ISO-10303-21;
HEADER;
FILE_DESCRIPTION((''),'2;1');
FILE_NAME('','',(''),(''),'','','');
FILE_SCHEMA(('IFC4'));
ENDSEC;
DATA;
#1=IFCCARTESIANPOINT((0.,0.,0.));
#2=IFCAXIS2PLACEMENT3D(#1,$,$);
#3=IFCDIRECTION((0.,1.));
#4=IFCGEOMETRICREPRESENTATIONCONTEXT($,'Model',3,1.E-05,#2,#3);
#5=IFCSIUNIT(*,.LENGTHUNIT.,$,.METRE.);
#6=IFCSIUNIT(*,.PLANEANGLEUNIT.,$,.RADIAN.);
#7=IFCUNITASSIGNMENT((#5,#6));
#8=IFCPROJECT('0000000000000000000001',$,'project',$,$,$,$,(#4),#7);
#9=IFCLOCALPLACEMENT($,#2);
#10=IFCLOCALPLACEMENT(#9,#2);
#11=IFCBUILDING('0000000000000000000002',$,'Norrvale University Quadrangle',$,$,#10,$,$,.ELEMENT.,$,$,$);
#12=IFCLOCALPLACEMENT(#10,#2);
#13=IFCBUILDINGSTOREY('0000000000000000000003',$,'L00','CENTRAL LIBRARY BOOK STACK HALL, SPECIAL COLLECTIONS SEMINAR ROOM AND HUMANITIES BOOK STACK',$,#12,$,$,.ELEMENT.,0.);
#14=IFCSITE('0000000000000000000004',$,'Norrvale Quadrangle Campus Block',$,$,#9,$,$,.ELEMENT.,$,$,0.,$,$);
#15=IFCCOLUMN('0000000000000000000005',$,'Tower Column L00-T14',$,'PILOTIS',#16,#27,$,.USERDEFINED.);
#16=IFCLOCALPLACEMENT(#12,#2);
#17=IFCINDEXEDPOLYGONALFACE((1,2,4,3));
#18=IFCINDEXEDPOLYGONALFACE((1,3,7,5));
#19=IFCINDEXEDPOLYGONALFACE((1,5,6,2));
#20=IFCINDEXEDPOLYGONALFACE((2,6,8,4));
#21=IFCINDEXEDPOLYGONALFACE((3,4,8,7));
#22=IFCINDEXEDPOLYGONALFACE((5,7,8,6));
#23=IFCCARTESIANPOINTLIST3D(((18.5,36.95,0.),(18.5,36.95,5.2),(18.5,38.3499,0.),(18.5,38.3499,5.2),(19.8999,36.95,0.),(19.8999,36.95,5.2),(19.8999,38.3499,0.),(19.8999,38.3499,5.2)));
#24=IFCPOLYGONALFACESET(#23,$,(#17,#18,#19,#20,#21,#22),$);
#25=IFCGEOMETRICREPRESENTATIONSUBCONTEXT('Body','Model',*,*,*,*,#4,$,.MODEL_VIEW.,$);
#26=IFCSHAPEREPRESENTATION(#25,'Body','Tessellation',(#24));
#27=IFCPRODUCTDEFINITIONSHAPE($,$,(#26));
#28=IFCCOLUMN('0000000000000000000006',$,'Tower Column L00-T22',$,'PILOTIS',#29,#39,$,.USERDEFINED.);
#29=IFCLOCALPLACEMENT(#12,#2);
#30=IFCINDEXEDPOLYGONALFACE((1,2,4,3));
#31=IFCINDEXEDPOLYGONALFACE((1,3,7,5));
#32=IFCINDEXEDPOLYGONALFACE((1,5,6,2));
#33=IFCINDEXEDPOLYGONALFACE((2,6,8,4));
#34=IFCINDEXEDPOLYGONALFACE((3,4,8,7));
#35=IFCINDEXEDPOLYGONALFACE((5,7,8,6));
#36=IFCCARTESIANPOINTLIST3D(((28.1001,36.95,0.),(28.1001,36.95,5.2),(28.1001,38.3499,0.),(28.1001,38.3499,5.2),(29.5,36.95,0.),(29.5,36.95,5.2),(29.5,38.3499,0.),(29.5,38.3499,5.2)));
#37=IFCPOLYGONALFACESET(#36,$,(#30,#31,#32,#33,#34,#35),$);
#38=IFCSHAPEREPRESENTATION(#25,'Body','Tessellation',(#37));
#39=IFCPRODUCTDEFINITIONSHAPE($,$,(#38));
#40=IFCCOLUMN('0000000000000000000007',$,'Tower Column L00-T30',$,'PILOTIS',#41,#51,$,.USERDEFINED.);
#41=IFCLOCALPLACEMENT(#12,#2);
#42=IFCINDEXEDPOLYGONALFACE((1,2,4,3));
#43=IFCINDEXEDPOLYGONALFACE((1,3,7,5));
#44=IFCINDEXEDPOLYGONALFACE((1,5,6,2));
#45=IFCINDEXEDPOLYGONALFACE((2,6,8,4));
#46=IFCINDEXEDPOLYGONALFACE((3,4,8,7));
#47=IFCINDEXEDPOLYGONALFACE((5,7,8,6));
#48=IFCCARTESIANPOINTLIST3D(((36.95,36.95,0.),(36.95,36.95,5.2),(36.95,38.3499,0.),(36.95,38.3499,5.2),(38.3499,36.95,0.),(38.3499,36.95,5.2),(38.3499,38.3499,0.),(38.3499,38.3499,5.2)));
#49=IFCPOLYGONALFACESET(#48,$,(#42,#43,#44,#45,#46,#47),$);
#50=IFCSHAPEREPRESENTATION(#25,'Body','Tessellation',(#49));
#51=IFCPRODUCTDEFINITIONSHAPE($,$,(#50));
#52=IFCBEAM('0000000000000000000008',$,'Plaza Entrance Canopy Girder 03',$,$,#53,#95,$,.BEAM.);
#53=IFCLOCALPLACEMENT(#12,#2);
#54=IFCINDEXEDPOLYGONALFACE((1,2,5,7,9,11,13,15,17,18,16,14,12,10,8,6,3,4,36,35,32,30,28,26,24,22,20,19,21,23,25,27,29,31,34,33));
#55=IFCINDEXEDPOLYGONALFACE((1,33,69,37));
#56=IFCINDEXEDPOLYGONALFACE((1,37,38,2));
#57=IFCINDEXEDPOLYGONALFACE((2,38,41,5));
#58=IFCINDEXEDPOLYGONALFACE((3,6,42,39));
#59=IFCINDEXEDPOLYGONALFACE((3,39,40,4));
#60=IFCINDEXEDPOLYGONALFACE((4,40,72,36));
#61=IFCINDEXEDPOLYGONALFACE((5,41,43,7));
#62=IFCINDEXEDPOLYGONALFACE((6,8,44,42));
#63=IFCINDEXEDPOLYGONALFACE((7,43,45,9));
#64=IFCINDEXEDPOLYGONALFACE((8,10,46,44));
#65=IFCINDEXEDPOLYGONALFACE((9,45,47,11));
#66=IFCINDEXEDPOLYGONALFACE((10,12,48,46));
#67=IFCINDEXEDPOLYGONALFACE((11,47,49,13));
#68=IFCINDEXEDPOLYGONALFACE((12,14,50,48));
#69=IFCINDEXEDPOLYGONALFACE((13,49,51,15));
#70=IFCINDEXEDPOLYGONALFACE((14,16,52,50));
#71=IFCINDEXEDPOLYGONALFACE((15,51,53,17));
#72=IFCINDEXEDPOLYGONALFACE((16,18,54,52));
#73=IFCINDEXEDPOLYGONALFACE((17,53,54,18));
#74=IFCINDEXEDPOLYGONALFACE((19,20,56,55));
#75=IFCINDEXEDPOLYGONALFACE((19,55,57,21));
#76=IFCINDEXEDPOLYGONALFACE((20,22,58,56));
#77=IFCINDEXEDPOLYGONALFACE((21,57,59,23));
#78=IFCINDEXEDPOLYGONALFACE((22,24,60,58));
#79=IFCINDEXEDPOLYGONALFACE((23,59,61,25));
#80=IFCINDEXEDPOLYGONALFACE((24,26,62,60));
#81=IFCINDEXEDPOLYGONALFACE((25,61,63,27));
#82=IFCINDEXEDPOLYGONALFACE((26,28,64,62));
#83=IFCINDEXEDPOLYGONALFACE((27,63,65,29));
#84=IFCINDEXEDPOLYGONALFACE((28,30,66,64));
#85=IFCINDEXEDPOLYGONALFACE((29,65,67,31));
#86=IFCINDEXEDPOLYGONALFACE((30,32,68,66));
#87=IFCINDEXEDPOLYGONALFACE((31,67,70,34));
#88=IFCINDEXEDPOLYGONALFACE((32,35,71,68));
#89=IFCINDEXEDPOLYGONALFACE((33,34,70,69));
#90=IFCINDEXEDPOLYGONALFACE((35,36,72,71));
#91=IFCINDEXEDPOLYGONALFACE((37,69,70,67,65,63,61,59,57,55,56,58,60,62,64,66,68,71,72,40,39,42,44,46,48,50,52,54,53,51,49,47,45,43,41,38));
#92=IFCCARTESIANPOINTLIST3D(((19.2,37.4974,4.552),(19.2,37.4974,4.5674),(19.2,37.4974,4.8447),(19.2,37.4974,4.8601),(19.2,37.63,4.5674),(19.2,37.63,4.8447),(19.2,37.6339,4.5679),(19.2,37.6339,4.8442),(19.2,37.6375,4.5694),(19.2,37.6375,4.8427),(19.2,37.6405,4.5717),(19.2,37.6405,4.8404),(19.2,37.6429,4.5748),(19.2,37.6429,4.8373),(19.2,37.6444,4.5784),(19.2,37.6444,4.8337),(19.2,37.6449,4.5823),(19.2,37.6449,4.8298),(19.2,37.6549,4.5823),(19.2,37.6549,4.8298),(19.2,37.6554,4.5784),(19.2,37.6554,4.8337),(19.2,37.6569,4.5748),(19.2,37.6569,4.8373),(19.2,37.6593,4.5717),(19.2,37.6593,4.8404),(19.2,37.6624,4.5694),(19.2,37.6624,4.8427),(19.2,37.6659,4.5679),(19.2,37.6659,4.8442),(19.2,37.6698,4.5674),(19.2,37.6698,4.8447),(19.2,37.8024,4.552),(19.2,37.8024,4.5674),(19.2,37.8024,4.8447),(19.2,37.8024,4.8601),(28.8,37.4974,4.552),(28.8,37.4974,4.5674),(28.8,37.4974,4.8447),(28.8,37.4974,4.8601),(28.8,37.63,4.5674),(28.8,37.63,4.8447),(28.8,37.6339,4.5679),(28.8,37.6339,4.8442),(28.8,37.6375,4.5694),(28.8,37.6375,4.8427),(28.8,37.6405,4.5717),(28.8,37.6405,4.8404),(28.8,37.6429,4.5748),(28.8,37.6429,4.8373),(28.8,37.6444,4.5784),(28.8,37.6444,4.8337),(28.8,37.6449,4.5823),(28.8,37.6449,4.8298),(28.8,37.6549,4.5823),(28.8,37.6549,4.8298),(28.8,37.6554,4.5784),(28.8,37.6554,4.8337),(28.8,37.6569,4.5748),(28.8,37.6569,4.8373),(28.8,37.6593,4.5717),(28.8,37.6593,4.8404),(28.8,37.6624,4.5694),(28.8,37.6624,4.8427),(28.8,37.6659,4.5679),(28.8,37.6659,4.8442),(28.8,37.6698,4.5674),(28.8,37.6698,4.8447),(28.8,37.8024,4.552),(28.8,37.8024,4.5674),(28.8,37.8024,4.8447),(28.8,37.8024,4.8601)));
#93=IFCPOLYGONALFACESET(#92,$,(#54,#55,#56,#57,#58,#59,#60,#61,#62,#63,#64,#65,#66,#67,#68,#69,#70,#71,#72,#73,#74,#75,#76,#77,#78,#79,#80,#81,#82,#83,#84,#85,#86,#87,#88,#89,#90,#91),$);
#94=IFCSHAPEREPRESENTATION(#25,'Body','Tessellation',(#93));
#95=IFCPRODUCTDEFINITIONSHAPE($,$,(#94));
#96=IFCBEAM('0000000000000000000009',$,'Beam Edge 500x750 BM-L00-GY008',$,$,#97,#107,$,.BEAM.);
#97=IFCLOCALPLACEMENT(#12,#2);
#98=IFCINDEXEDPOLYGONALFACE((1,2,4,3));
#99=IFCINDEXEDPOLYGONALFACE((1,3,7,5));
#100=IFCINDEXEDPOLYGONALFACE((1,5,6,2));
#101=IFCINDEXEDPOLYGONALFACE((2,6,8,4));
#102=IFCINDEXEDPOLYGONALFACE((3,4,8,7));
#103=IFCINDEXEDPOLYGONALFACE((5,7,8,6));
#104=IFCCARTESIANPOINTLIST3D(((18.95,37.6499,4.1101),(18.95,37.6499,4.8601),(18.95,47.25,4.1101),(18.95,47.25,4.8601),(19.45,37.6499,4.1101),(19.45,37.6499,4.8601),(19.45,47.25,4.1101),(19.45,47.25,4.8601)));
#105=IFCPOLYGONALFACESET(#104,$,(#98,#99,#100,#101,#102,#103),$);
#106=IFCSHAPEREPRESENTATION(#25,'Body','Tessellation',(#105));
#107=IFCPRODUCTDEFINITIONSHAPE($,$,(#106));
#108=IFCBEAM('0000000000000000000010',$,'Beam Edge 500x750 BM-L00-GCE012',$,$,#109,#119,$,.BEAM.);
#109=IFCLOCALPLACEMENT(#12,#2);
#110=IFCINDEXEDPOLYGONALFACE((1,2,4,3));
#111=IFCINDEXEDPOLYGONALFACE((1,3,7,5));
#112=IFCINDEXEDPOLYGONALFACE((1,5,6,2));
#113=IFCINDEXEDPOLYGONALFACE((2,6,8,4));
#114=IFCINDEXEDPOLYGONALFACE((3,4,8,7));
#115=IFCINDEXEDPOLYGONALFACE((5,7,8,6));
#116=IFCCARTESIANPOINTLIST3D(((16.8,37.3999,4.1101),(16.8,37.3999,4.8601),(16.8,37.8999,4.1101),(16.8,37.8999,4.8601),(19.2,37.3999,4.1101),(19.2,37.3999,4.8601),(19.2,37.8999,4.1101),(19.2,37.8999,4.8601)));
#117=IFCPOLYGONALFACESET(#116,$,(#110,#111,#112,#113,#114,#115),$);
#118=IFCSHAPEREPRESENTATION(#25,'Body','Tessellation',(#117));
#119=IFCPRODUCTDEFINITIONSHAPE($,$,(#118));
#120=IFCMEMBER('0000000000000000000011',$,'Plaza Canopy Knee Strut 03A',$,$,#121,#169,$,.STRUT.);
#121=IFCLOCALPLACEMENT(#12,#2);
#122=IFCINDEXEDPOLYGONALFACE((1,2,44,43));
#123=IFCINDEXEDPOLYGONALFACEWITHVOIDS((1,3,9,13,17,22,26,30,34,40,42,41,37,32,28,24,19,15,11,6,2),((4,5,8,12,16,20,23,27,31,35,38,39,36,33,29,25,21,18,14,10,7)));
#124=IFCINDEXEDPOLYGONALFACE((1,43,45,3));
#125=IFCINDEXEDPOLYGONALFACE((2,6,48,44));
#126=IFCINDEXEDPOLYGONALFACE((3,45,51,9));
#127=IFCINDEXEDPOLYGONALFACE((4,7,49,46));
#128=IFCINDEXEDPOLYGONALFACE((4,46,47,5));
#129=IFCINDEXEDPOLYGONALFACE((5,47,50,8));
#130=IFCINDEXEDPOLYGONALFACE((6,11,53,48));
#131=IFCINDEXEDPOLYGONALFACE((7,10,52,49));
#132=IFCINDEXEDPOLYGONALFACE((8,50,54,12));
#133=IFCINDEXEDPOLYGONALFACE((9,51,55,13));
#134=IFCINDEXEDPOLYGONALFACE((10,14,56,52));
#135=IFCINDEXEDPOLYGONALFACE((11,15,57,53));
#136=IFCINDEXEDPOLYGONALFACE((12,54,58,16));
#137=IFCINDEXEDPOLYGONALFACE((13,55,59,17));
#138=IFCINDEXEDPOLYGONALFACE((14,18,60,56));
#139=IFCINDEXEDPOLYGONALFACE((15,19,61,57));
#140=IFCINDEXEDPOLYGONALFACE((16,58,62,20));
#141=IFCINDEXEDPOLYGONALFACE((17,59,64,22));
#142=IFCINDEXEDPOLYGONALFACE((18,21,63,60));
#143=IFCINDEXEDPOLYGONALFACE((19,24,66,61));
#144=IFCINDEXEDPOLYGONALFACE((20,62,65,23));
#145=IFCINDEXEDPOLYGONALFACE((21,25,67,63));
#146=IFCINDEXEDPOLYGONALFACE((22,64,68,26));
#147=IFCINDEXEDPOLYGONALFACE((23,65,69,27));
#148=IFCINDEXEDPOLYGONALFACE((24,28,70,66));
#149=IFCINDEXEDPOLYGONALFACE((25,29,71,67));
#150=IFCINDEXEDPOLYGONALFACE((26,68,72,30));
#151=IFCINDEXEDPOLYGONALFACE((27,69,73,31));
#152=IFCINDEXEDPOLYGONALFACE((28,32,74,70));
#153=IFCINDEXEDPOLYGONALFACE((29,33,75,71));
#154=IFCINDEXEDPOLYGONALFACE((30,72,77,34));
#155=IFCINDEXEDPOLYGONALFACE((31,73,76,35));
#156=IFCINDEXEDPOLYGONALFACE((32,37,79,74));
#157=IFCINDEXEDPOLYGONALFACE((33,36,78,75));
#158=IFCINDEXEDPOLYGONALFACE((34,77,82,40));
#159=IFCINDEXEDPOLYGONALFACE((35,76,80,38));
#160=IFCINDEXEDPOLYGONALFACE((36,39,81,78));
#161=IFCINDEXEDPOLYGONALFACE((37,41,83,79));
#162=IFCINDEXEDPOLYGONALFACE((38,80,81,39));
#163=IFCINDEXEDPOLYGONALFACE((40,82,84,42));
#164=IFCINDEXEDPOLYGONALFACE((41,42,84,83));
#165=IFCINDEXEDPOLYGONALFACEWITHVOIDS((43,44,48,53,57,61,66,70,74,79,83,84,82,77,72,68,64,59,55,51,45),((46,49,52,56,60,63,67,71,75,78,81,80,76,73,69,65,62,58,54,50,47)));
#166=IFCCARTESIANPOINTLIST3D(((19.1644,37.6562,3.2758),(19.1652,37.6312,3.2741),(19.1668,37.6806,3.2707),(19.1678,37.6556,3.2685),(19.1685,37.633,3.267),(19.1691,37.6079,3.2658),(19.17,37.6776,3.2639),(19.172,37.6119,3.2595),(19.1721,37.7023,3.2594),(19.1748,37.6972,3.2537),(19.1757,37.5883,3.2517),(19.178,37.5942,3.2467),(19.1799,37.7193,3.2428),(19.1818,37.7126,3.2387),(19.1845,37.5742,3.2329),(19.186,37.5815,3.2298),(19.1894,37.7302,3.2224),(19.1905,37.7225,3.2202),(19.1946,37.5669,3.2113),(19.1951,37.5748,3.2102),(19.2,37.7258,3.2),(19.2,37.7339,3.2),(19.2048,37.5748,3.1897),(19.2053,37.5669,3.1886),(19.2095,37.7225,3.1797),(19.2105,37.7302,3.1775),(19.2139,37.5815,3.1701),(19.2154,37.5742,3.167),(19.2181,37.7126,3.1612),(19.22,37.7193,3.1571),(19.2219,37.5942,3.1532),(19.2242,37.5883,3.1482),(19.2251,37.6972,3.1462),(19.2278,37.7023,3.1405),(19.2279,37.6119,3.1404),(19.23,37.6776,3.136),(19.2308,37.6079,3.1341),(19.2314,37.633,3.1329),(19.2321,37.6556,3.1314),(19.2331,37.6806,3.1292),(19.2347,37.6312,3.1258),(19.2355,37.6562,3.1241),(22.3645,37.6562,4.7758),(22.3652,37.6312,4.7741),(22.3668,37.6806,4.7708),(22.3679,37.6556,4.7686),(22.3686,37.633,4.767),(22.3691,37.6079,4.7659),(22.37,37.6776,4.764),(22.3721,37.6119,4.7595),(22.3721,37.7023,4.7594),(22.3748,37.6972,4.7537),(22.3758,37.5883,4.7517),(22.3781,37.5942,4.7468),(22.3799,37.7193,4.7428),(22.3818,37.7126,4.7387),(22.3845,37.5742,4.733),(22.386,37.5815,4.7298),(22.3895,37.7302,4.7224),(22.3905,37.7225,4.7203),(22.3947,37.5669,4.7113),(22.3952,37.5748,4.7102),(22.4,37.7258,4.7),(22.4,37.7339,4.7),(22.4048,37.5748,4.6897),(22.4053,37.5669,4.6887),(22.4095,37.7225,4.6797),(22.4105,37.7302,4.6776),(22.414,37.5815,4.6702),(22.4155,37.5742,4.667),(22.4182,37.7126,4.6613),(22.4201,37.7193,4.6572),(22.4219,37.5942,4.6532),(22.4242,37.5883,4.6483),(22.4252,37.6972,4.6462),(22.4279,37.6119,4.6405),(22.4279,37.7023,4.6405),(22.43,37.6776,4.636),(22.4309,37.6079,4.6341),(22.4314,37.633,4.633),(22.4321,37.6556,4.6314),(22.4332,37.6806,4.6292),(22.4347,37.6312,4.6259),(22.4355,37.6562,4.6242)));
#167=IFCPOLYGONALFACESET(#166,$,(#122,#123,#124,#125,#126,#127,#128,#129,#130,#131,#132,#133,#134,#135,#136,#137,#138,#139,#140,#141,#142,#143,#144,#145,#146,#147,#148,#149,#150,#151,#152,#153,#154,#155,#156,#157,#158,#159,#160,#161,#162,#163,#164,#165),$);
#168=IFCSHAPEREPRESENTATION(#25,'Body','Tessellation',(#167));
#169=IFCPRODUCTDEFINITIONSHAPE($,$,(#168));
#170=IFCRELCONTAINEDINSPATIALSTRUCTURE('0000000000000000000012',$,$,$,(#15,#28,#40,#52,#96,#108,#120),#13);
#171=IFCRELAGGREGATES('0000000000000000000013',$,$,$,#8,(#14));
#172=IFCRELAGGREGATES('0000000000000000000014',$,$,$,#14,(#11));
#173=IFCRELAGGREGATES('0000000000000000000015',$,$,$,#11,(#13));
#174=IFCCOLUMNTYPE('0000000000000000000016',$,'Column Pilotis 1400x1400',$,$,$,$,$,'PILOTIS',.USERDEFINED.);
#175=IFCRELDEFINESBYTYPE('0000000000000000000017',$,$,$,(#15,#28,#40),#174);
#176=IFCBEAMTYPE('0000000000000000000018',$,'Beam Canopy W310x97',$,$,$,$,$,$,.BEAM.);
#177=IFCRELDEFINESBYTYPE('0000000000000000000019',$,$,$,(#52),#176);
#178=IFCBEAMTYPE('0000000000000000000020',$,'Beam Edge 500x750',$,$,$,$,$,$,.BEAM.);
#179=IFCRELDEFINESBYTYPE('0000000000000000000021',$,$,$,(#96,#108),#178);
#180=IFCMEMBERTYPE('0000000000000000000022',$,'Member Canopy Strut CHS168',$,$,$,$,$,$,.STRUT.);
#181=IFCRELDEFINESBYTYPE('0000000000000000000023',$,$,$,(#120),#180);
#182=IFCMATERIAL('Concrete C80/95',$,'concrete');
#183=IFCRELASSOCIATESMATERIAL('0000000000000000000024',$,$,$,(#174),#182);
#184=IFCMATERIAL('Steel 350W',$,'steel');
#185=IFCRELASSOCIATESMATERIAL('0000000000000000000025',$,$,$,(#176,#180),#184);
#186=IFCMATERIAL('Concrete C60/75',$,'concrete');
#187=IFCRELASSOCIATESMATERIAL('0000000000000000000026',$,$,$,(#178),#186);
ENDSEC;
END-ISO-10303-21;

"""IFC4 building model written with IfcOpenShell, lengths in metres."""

from ifc_helpers import new_model, si_unit, direction, frame, origin, origin_2d, place, context, subcontext, project, spatial, rectangle, hollow_circle, i_section, extrude, material, material_profile, profile_set, type_object, element, save


model = new_model("IFC4")

# Units and contexts
model_context = context("Model", 3, precision=1e-05, world=origin(), true_north=direction((0.0, 1.0)))
body_context = subcontext(model_context, "Body", "Model", "MODEL_VIEW")
ifc_project = project(units=[si_unit("LENGTHUNIT", "METRE"), si_unit("PLANEANGLEUNIT", "RADIAN")], contexts=[model_context])

# Site, building, storey
site_placement = place(None, origin())
site = spatial("IfcSite", under=ifc_project, at=site_placement, Name="Norrvale Quadrangle Campus Block", CompositionType="ELEMENT", RefElevation=0.0)
building_placement = place(site_placement, origin())
building = spatial("IfcBuilding", under=site, at=building_placement, Name="Norrvale University Quadrangle", CompositionType="ELEMENT")
storey_placement = place(building_placement, origin())
storey = spatial("IfcBuildingStorey", under=building, at=storey_placement, Name="L00", Description="CENTRAL LIBRARY BOOK STACK HALL, SPECIAL COLLECTIONS SEMINAR ROOM AND HUMANITIES BOOK STACK", CompositionType="ELEMENT", Elevation=0.0)

# Columns
ifc_material_1 = material(Name="Concrete C80/95", Category="concrete")
ifc_material_profile_1 = material_profile(ifc_material_1, rectangle(XDim=1.3999, YDim=1.3999, at=origin_2d()), Name="Concrete C80/95")
ifc_profile_set_1 = profile_set([ifc_material_profile_1], Name="Concrete C80/95")
column_type = type_object("IfcColumnType", Name="Column Pilotis 1400x1400", ElementType="PILOTIS", PredefinedType="USERDEFINED", material=ifc_profile_set_1)
for number, where, z_axis, x_axis, name in (
    (1, (19.2, 37.6499, 0.0), (0.0, 0.0, 1.0), (1.0, 0.0, 0.0), "Tower Column L00-T14"),
    (2, (28.8, 37.6499, 0.0), (0.0, 0.0, 1.0), (1.0, 0.0, 0.0), "Tower Column L00-T22"),
    (3, (37.6499, 37.6499, 0.0), (0.0, 0.0, 1.0), (1.0, 0.0, 0.0), "Tower Column L00-T30"),
):
    element("IfcColumn", number, at=place(storey_placement, frame(where, z_axis=z_axis, x_axis=x_axis)), inside=storey, type_object=column_type, Name=name, ObjectType="PILOTIS", PredefinedType="USERDEFINED", context=body_context, shape_type="SweptSolid", body=[
        extrude(rectangle(XDim=1.3999, YDim=1.3999, at=origin_2d()), origin(), (0.0, 0.0, 1.0), 5.2),
    ])

# Beams
ifc_material_2 = material(Name="Steel 350W", Category="steel")
ifc_material_profile_2 = material_profile(ifc_material_2, i_section(OverallWidth=0.3049, OverallDepth=0.3081, WebThickness=0.01, FlangeThickness=0.0154, FilletRadius=0.0149, at=origin_2d()), Name="Steel 350W")
ifc_profile_set_2 = profile_set([ifc_material_profile_2], Name="Steel 350W")
beam_type_1 = type_object("IfcBeamType", Name="Beam Canopy W310x97", PredefinedType="BEAM", material=ifc_profile_set_2)
beam_1_placement = place(storey_placement, frame((19.2, 37.6499, 4.7061), z_axis=(1.0, 0.0, 0.0), x_axis=(0.0, 1.0, 0.0)))
element("IfcBeam", 4, at=beam_1_placement, inside=storey, type_object=beam_type_1, Name="Plaza Entrance Canopy Girder 03", PredefinedType="BEAM", context=body_context, shape_type="SweptSolid", body=[
    extrude(i_section(OverallWidth=0.3049, OverallDepth=0.3081, WebThickness=0.01, FlangeThickness=0.0154, FilletRadius=0.0149, at=origin_2d()), origin(), (0.0, 0.0, 1.0), 9.6001),
])
ifc_material_3 = material(Name="Concrete C60/75", Category="concrete")
ifc_material_profile_3 = material_profile(ifc_material_3, rectangle(XDim=0.5, YDim=0.75, at=origin_2d()), Name="Concrete C60/75")
ifc_profile_set_3 = profile_set([ifc_material_profile_3], Name="Concrete C60/75")
beam_type_2 = type_object("IfcBeamType", Name="Beam Edge 500x750", PredefinedType="BEAM", material=ifc_profile_set_3)
beam_2_placement = place(storey_placement, frame((19.2, 37.6499, 4.4851), z_axis=(0.0, 1.0, 0.0), x_axis=(-1.0, 0.0, 0.0)))
element("IfcBeam", 5, at=beam_2_placement, inside=storey, type_object=beam_type_2, Name="Beam Edge 500x750 BM-L00-GY008", PredefinedType="BEAM", context=body_context, shape_type="SweptSolid", body=[
    extrude(rectangle(XDim=0.5, YDim=0.75, at=origin_2d()), origin(), (0.0, 0.0, 1.0), 9.6001),
])
beam_3_placement = place(storey_placement, frame((16.8, 37.6499, 4.4851), z_axis=(1.0, 0.0, 0.0), x_axis=(0.0, 1.0, 0.0)))
element("IfcBeam", 6, at=beam_3_placement, inside=storey, type_object=beam_type_2, Name="Beam Edge 500x750 BM-L00-GCE012", PredefinedType="BEAM", context=body_context, shape_type="SweptSolid", body=[
    extrude(rectangle(XDim=0.5, YDim=0.75, at=origin_2d()), origin(), (0.0, 0.0, 1.0), 2.3999),
])

# Member
ifc_material_profile_4 = material_profile(ifc_material_2, hollow_circle(Radius=0.084, WallThickness=0.0081, at=origin_2d()), Name="Steel 350W")
ifc_profile_set_4 = profile_set([ifc_material_profile_4], Name="Steel 350W")
member_type_1 = type_object("IfcMemberType", Name="Member Canopy Strut CHS168", PredefinedType="STRUT", material=ifc_profile_set_4)
for number, where, z_axis, x_axis, name in (
    (7, (19.2, 37.6499, 3.2), (0.905456, 0.0, 0.424439), (0.0, 1.0, 0.0), "Plaza Canopy Knee Strut 03A"),
):
    element("IfcMember", number, at=place(storey_placement, frame(where, z_axis=z_axis, x_axis=x_axis)), inside=storey, type_object=member_type_1, Name=name, PredefinedType="STRUT", context=body_context, shape_type="SweptSolid", body=[
        extrude(hollow_circle(Radius=0.084, WallThickness=0.0081, at=origin_2d()), origin(), (0.0, 0.0, 1.0), 3.5342),
    ])

save(model, "model.ifc")
